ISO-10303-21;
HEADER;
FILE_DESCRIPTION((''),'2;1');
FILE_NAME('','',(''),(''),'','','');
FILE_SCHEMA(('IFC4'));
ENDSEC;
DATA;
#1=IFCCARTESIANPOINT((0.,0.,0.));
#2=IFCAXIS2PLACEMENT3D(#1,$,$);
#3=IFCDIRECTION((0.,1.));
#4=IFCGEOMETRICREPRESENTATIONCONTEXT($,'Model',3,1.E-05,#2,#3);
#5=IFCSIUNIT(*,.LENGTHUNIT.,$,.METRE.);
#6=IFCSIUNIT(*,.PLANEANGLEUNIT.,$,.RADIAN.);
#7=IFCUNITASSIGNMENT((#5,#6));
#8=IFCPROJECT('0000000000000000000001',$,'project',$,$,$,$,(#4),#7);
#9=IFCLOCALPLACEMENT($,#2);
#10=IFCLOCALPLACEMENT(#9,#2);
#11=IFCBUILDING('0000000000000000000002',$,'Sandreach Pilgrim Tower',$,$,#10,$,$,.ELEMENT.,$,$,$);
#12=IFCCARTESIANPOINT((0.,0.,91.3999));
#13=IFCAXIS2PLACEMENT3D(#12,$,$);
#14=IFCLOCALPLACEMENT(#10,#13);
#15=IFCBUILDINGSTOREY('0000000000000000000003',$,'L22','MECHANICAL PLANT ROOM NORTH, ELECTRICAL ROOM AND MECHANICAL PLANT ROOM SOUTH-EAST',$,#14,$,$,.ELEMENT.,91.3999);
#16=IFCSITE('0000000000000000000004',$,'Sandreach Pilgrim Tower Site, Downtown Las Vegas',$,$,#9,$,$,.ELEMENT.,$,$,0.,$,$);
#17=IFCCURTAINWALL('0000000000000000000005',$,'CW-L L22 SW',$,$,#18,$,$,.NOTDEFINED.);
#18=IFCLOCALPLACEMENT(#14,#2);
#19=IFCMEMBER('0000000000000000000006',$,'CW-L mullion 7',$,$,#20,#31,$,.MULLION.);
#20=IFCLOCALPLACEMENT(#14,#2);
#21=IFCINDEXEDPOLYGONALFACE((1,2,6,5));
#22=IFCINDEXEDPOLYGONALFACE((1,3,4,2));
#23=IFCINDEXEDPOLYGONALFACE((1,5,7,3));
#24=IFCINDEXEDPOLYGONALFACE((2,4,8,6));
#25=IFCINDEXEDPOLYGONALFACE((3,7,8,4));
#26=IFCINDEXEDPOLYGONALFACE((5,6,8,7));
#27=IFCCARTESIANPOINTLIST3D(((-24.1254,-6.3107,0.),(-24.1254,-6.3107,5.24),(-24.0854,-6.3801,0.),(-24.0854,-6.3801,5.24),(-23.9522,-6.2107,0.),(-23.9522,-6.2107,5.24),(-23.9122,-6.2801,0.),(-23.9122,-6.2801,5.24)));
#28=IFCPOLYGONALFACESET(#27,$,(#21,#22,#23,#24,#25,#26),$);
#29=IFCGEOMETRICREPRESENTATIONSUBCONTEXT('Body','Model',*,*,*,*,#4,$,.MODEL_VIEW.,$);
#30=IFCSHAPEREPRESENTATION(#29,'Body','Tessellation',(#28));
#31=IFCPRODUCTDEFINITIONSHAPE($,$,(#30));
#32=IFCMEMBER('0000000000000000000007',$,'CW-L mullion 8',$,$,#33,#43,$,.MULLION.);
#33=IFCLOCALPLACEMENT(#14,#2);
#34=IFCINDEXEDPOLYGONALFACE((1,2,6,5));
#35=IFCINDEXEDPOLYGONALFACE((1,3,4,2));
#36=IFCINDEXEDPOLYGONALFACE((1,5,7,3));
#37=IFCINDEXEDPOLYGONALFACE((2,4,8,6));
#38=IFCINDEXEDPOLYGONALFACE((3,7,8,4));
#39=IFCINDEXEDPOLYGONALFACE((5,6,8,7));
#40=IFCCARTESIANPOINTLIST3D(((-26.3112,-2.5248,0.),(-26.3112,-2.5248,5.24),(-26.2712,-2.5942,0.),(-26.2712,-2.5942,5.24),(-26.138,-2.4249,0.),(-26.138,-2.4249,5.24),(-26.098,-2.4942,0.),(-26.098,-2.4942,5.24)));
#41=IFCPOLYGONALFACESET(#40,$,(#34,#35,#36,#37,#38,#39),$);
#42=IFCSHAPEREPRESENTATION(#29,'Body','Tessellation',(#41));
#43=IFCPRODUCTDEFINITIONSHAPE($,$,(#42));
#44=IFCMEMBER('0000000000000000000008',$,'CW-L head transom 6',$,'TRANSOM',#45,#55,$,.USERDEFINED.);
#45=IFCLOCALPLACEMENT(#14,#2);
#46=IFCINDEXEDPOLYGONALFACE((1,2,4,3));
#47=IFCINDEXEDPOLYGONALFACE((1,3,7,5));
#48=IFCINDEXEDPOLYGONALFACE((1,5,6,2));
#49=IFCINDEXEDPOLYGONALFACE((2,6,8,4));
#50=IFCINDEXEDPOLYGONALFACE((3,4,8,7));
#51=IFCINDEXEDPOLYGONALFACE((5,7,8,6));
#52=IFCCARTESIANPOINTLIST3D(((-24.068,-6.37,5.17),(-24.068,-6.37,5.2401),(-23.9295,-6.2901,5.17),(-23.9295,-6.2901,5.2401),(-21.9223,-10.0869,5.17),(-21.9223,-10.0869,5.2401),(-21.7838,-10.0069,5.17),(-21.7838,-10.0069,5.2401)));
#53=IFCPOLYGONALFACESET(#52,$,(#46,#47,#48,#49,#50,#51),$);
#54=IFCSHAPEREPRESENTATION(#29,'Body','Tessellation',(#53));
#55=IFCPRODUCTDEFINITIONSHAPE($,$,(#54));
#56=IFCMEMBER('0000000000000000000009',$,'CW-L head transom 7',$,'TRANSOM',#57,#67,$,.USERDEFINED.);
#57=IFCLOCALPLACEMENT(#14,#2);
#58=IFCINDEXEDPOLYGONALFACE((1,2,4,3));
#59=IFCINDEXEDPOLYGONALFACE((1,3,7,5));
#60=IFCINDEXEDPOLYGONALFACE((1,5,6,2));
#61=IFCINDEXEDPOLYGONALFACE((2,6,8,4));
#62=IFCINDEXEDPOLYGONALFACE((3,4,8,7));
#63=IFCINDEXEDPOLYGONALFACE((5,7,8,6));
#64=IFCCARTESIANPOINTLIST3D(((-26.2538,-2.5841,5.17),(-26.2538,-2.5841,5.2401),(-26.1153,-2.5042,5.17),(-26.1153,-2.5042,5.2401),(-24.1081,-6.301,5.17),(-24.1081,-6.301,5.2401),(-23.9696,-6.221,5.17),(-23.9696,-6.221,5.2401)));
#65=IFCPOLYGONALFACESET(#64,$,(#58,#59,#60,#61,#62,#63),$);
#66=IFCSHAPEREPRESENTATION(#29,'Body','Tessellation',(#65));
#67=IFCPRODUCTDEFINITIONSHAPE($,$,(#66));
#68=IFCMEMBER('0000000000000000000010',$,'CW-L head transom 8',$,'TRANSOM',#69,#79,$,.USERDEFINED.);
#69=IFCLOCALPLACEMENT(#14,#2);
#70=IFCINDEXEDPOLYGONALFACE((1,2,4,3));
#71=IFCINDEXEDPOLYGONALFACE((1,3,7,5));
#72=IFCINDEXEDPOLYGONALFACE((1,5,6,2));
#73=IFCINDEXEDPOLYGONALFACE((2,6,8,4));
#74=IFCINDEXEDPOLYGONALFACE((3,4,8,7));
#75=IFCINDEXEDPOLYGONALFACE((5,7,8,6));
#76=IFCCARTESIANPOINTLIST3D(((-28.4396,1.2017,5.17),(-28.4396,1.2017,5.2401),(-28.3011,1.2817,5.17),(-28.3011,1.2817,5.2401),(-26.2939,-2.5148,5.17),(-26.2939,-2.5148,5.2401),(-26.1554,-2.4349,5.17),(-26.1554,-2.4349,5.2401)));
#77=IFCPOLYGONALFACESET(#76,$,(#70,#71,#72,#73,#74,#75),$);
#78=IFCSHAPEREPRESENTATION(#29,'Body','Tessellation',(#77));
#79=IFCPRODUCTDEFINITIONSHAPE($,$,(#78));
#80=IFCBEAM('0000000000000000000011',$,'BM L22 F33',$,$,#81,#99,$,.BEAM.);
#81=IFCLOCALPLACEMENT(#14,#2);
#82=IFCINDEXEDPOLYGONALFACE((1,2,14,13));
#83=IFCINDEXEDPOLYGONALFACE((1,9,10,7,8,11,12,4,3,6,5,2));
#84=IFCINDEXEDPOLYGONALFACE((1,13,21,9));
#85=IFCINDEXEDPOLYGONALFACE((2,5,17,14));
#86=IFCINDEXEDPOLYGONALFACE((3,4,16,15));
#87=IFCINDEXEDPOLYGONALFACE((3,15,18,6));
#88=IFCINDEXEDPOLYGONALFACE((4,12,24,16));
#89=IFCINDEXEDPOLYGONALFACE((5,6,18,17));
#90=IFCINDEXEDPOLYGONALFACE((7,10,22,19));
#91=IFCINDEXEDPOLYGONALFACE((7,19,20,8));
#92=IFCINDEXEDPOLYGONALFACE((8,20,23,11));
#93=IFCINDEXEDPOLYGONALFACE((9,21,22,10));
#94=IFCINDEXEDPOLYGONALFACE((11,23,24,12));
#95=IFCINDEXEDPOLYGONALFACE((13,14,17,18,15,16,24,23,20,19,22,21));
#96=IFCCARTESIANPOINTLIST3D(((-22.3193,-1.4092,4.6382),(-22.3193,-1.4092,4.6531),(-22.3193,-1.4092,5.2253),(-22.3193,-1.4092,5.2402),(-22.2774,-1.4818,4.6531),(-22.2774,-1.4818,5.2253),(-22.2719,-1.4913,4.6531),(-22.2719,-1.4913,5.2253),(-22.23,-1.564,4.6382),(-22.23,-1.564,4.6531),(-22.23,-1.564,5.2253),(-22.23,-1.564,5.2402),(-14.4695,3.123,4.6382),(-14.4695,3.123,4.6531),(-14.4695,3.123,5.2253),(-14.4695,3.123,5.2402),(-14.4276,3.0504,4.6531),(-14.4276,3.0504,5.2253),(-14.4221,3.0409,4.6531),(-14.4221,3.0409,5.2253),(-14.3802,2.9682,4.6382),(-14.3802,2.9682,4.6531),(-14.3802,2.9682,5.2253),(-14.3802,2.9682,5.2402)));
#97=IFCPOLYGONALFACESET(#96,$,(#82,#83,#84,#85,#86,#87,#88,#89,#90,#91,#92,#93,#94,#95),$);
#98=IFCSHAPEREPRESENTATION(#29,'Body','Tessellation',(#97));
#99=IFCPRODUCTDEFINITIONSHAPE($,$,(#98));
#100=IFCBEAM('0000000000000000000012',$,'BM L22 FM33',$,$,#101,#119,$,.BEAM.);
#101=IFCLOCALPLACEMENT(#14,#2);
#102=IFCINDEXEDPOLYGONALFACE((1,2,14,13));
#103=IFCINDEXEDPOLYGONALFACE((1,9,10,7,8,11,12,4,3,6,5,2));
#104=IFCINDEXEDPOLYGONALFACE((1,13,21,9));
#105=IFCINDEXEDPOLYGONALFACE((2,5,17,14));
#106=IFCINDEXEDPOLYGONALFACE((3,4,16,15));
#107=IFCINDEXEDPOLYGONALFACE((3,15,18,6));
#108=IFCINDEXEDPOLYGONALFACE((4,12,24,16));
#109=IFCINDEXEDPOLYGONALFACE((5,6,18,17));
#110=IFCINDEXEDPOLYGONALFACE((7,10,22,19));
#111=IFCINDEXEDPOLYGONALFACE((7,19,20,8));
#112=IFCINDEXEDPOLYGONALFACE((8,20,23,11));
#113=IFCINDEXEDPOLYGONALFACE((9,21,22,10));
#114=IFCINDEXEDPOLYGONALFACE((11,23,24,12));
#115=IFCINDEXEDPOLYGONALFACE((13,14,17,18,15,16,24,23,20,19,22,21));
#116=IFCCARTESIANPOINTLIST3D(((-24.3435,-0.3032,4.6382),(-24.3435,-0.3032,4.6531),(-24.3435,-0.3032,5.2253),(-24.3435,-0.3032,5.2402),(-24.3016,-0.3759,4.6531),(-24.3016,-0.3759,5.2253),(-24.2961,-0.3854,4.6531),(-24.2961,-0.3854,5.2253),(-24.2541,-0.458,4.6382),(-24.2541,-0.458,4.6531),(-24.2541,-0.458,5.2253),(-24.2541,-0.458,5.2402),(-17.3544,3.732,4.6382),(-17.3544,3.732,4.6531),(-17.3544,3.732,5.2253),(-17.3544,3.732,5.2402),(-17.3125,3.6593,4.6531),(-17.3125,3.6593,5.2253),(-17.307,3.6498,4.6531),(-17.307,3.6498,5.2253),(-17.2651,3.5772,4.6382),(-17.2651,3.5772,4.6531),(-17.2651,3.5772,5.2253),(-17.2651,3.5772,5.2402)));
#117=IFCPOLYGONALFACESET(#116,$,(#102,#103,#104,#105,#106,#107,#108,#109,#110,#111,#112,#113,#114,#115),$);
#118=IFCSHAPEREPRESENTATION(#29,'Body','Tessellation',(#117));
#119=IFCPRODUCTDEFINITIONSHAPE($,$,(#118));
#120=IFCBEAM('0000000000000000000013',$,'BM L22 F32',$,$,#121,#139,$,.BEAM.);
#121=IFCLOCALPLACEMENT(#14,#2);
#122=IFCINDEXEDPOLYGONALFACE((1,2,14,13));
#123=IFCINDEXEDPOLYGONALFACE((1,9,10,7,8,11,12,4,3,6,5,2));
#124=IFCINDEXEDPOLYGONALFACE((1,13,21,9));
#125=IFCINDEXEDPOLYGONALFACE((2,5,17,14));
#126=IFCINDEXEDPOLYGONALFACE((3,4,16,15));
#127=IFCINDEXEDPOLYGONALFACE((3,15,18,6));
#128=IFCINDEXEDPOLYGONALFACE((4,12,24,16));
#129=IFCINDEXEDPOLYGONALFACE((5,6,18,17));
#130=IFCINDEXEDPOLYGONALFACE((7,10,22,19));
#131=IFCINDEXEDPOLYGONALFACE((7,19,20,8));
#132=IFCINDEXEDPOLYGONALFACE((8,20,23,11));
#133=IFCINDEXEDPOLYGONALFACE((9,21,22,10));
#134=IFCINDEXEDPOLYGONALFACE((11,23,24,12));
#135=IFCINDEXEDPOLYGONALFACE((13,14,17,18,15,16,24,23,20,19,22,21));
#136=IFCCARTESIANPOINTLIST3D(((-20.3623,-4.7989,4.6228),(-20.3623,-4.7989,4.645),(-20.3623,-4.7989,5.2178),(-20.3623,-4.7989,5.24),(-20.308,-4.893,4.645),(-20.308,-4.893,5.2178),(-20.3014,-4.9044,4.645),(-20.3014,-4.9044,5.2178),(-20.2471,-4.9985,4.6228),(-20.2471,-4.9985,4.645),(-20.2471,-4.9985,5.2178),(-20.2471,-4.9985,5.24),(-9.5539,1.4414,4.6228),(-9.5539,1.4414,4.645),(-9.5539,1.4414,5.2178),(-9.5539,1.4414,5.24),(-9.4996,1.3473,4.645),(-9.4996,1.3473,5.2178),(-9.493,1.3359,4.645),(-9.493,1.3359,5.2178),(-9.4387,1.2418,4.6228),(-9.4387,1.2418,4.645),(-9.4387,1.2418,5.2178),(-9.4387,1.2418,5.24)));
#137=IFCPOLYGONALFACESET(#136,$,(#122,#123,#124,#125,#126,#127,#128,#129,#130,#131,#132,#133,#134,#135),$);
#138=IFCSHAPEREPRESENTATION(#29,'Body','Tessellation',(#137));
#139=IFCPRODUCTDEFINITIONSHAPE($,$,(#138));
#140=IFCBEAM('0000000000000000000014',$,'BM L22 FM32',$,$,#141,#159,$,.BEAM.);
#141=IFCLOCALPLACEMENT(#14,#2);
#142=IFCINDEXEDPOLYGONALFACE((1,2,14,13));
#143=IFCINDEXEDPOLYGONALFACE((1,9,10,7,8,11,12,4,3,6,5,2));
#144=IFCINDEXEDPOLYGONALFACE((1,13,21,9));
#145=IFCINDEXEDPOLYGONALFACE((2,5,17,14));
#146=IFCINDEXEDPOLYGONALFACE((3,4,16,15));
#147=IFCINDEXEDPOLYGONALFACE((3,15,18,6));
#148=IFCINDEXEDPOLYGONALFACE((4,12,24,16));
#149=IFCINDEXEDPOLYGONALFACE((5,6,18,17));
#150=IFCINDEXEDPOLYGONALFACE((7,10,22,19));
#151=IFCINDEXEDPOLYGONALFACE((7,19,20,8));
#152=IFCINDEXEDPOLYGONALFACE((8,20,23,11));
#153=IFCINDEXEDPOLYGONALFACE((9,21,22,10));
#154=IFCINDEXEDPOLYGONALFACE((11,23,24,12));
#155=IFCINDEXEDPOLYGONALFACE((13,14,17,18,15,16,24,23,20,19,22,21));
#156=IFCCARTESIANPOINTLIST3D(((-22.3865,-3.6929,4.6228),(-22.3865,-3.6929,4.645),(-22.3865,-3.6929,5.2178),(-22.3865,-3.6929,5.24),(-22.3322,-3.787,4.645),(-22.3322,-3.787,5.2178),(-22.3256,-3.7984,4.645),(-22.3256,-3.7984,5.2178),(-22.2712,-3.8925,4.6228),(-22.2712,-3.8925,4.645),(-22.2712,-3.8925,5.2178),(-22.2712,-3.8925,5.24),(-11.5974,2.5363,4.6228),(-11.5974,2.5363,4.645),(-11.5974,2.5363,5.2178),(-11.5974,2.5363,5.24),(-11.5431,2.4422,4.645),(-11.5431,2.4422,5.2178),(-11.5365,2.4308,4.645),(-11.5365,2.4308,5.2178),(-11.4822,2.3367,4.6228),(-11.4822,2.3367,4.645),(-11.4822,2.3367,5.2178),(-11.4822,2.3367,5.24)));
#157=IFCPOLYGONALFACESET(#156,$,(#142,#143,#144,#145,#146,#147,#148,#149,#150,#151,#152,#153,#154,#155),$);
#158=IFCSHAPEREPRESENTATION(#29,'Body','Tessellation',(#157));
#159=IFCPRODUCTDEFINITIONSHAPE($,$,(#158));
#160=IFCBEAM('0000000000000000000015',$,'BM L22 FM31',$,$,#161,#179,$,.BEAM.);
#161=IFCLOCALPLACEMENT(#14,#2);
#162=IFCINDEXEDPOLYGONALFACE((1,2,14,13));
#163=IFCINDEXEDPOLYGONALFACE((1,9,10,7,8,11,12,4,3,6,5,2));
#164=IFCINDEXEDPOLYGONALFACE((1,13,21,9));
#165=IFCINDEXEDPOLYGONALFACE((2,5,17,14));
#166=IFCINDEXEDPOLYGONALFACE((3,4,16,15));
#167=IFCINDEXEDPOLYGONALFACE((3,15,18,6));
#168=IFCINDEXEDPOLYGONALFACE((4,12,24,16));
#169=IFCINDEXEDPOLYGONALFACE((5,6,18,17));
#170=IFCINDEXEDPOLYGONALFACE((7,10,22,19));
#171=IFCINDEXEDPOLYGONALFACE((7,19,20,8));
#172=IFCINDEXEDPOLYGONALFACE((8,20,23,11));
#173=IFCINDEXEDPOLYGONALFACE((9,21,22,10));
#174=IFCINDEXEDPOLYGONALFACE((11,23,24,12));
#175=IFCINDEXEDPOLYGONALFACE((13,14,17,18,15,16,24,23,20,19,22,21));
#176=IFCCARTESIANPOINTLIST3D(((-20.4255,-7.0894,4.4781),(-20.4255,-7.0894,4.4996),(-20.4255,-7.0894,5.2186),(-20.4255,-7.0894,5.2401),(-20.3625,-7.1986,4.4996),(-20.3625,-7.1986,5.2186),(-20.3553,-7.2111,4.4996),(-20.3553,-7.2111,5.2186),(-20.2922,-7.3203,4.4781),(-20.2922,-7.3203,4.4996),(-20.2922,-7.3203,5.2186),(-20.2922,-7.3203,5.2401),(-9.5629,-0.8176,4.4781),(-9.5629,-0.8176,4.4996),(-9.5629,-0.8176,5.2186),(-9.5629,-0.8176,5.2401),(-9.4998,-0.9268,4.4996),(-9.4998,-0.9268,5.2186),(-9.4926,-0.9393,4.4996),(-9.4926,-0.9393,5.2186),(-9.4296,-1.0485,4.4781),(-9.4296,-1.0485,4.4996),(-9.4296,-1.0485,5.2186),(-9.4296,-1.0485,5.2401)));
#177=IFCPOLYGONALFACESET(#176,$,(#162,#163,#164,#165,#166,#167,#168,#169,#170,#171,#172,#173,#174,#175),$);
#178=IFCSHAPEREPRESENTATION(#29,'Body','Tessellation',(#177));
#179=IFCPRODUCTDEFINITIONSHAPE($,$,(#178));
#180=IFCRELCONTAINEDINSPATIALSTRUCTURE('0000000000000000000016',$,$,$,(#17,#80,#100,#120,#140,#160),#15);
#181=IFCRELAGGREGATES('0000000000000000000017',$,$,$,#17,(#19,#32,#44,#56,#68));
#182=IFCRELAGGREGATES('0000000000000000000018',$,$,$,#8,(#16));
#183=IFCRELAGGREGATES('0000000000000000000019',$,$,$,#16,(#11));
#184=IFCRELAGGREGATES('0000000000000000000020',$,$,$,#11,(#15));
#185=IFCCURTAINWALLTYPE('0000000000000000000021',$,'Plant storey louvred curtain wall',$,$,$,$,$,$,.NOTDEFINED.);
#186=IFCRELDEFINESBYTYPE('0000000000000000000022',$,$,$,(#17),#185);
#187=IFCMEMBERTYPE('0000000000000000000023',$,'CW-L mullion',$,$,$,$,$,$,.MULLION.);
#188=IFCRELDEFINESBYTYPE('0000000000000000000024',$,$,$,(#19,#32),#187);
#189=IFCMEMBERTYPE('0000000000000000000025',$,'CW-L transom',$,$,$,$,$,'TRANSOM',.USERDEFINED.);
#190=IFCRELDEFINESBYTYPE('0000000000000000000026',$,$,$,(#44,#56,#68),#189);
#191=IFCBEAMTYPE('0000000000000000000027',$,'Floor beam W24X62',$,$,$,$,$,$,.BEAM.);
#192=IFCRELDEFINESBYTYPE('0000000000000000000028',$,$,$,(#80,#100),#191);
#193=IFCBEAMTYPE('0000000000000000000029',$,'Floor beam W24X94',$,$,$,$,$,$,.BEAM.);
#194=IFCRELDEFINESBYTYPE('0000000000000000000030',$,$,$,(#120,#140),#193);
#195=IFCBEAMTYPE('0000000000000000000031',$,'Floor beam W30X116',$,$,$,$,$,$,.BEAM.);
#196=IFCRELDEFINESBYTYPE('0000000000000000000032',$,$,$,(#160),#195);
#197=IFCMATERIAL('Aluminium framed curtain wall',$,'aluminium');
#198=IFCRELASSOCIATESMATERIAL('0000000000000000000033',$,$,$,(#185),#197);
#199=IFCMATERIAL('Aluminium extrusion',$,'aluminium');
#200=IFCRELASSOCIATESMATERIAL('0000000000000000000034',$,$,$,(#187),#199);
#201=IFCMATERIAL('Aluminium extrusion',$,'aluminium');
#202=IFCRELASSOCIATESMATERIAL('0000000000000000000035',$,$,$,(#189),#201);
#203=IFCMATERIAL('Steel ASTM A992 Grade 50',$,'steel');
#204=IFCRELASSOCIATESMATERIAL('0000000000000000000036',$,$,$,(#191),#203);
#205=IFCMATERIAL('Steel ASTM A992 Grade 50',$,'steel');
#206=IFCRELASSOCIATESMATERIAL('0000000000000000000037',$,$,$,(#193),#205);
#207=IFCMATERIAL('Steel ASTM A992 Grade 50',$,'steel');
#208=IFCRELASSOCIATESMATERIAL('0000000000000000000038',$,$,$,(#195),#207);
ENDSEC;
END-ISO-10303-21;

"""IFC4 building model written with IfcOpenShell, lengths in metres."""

from ifc_helpers import new_model, si_unit, direction, frame, origin, origin_2d, place, context, subcontext, project, spatial, rectangle, i_section, extrude, material, material_profile, profile_set, type_object, element, aggregate, save


model = new_model("IFC4")

# Units and contexts
model_context = context("Model", 3, precision=1e-05, world=origin(), true_north=direction((0.0, 1.0)))
body_context = subcontext(model_context, "Body", "Model", "MODEL_VIEW")
ifc_project = project(units=[si_unit("LENGTHUNIT", "METRE"), si_unit("PLANEANGLEUNIT", "RADIAN")], contexts=[model_context])

# Site, building, storey
site_placement = place(None, origin())
site = spatial("IfcSite", under=ifc_project, at=site_placement, Name="Sandreach Pilgrim Tower Site, Downtown Las Vegas", CompositionType="ELEMENT", RefElevation=0.0)
building_placement = place(site_placement, origin())
building = spatial("IfcBuilding", under=site, at=building_placement, Name="Sandreach Pilgrim Tower", CompositionType="ELEMENT")
storey_placement = place(building_placement, frame((0.0, 0.0, 91.3999)))
storey = spatial("IfcBuildingStorey", under=building, at=storey_placement, Name="L22", Description="MECHANICAL PLANT ROOM NORTH, ELECTRICAL ROOM AND MECHANICAL PLANT ROOM SOUTH-EAST", CompositionType="ELEMENT", Elevation=91.3999)

# Curtain wall, members
ifc_material_1 = material(Name="Aluminium framed curtain wall", Category="aluminium")
curtain_wall_type = type_object("IfcCurtainWallType", Name="Plant storey louvred curtain wall", PredefinedType="NOTDEFINED", material=ifc_material_1)
curtain_wall_placement = place(storey_placement, origin())
curtain_wall = element("IfcCurtainWall", 1, at=curtain_wall_placement, inside=storey, type_object=curtain_wall_type, Name="CW-L L22 SW", PredefinedType="NOTDEFINED")
ifc_material_2 = material(Name="Aluminium extrusion", Category="aluminium")
ifc_material_profile_1 = material_profile(ifc_material_2, rectangle(XDim=0.0801, YDim=0.2, at=origin_2d()), Name="CW-LM 80X200")
ifc_profile_set_1 = profile_set([ifc_material_profile_1], Name="Aluminium extrusion")
member_type_1 = type_object("IfcMemberType", Name="CW-L mullion", PredefinedType="MULLION", material=ifc_profile_set_1)
member_1_placement = place(storey_placement, frame((-24.0188, -6.2954, 0.0), z_axis=(0.0, 0.0, 1.0), x_axis=(-0.5, 0.866025, 0.0)))
member_1 = element("IfcMember", 2, at=member_1_placement, type_object=member_type_1, Name="CW-L mullion 7", PredefinedType="MULLION", context=body_context, shape_type="SweptSolid", body=[
    extrude(rectangle(XDim=0.0801, YDim=0.2, at=origin_2d()), origin(), (0.0, 0.0, 1.0), 5.24),
])
member_2_placement = place(storey_placement, frame((-26.2046, -2.5095, 0.0), z_axis=(0.0, 0.0, 1.0), x_axis=(-0.5, 0.866025, 0.0)))
member_2 = element("IfcMember", 3, at=member_2_placement, type_object=member_type_1, Name="CW-L mullion 8", PredefinedType="MULLION", context=body_context, shape_type="SweptSolid", body=[
    extrude(rectangle(XDim=0.0801, YDim=0.2, at=origin_2d()), origin(), (0.0, 0.0, 1.0), 5.24),
])
ifc_material_3 = material(Name="Aluminium extrusion", Category="aluminium")
ifc_material_profile_2 = material_profile(ifc_material_3, rectangle(XDim=0.1599, YDim=0.0701, at=origin_2d()), Name="CW-LT 160X70")
ifc_profile_set_2 = profile_set([ifc_material_profile_2], Name="Aluminium extrusion")
member_type_2 = type_object("IfcMemberType", Name="CW-L transom", ElementType="TRANSOM", PredefinedType="USERDEFINED", material=ifc_profile_set_2)
member_3_placement = place(storey_placement, frame((-21.853, -10.0469, 5.2051), z_axis=(-0.499975, 0.86604, 0.0), x_axis=(-0.86604, -0.499975, 0.0)))
member_3 = element("IfcMember", 4, at=member_3_placement, type_object=member_type_2, Name="CW-L head transom 6", ObjectType="TRANSOM", PredefinedType="USERDEFINED", context=body_context, shape_type="SweptSolid", body=[
    extrude(rectangle(XDim=0.1599, YDim=0.0701, at=origin_2d()), origin(), (0.0, 0.0, 1.0), 4.2917),
])
member_4_placement = place(storey_placement, frame((-24.0388, -6.261, 5.2051), z_axis=(-0.499975, 0.86604, 0.0), x_axis=(-0.86604, -0.499975, 0.0)))
member_4 = element("IfcMember", 5, at=member_4_placement, type_object=member_type_2, Name="CW-L head transom 7", ObjectType="TRANSOM", PredefinedType="USERDEFINED", context=body_context, shape_type="SweptSolid", body=[
    extrude(rectangle(XDim=0.1599, YDim=0.0701, at=origin_2d()), origin(), (0.0, 0.0, 1.0), 4.2917),
])
member_5_placement = place(storey_placement, frame((-26.2246, -2.4749, 5.2051), z_axis=(-0.5, 0.866025, 0.0), x_axis=(-0.866025, -0.5, 0.0)))
member_5 = element("IfcMember", 6, at=member_5_placement, type_object=member_type_2, Name="CW-L head transom 8", ObjectType="TRANSOM", PredefinedType="USERDEFINED", context=body_context, shape_type="SweptSolid", body=[
    extrude(rectangle(XDim=0.1599, YDim=0.0701, at=origin_2d()), origin(), (0.0, 0.0, 1.0), 4.2915),
])

# Beams
ifc_material_4 = material(Name="Steel ASTM A992 Grade 50", Category="steel")
ifc_material_profile_3 = material_profile(ifc_material_4, i_section(OverallWidth=0.1787, OverallDepth=0.6021, WebThickness=0.011, FlangeThickness=0.0149, at=origin_2d()), Name="W24X62")
ifc_profile_set_3 = profile_set([ifc_material_profile_3], Name="Steel ASTM A992 Grade 50")
beam_type_1 = type_object("IfcBeamType", Name="Floor beam W24X62", PredefinedType="BEAM", material=ifc_profile_set_3)
beam_1_placement = place(storey_placement, frame((-22.2747, -1.4866, 4.9392), z_axis=(0.86602, 0.500009, 0.0), x_axis=(-0.500009, 0.86602, 0.0)))
element("IfcBeam", 7, at=beam_1_placement, inside=storey, type_object=beam_type_1, Name="BM L22 F33", PredefinedType="BEAM", context=body_context, shape_type="SweptSolid", body=[
    extrude(i_section(OverallWidth=0.1787, OverallDepth=0.6021, WebThickness=0.011, FlangeThickness=0.0149, at=origin_2d()), origin(), (0.0, 0.0, 1.0), 9.0642),
])
beam_2_placement = place(storey_placement, frame((-24.2988, -0.3806, 4.9392), z_axis=(0.866023, 0.500004, 0.0), x_axis=(-0.500004, 0.866023, 0.0)))
element("IfcBeam", 8, at=beam_2_placement, inside=storey, type_object=beam_type_1, Name="BM L22 FM33", PredefinedType="BEAM", context=body_context, shape_type="SweptSolid", body=[
    extrude(i_section(OverallWidth=0.1787, OverallDepth=0.6021, WebThickness=0.011, FlangeThickness=0.0149, at=origin_2d()), origin(), (0.0, 0.0, 1.0), 8.0703),
])
ifc_material_5 = material(Name="Steel ASTM A992 Grade 50", Category="steel")
ifc_material_profile_4 = material_profile(ifc_material_5, i_section(OverallWidth=0.2305, OverallDepth=0.6172, WebThickness=0.0132, FlangeThickness=0.0222, at=origin_2d()), Name="W24X94")
ifc_profile_set_4 = profile_set([ifc_material_profile_4], Name="Steel ASTM A992 Grade 50")
beam_type_2 = type_object("IfcBeamType", Name="Floor beam W24X94", PredefinedType="BEAM", material=ifc_profile_set_4)
beam_3_placement = place(storey_placement, frame((-20.3047, -4.8987, 4.9314), z_axis=(0.866024, 0.500002, 0.0), x_axis=(-0.500002, 0.866024, 0.0)))
element("IfcBeam", 9, at=beam_3_placement, inside=storey, type_object=beam_type_2, Name="BM L22 F32", PredefinedType="BEAM", context=body_context, shape_type="SweptSolid", body=[
    extrude(i_section(OverallWidth=0.2305, OverallDepth=0.6172, WebThickness=0.0132, FlangeThickness=0.0222, at=origin_2d()), origin(), (0.0, 0.0, 1.0), 12.4805),
])
beam_4_placement = place(storey_placement, frame((-22.3289, -3.7927, 4.9314), z_axis=(0.866019, 0.500011, 0.0), x_axis=(-0.500011, 0.866019, 0.0)))
element("IfcBeam", 10, at=beam_4_placement, inside=storey, type_object=beam_type_2, Name="BM L22 FM32", PredefinedType="BEAM", context=body_context, shape_type="SweptSolid", body=[
    extrude(i_section(OverallWidth=0.2305, OverallDepth=0.6172, WebThickness=0.0132, FlangeThickness=0.0222, at=origin_2d()), origin(), (0.0, 0.0, 1.0), 12.4583),
])
ifc_material_6 = material(Name="Steel ASTM A992 Grade 50", Category="steel")
ifc_material_profile_5 = material_profile(ifc_material_6, i_section(OverallWidth=0.2666, OverallDepth=0.762, WebThickness=0.0144, FlangeThickness=0.0215, at=origin_2d()), Name="W30X116")
ifc_profile_set_5 = profile_set([ifc_material_profile_5], Name="Steel ASTM A992 Grade 50")
beam_type_3 = type_object("IfcBeamType", Name="Floor beam W30X116", PredefinedType="BEAM", material=ifc_profile_set_5)
beam_5_placement = place(storey_placement, frame((-20.3589, -7.2048, 4.8591), z_axis=(0.866017, 0.500014, 0.0), x_axis=(-0.500014, 0.866017, 0.0)))
element("IfcBeam", 11, at=beam_5_placement, inside=storey, type_object=beam_type_3, Name="BM L22 FM31", PredefinedType="BEAM", context=body_context, shape_type="SweptSolid", body=[
    extrude(i_section(OverallWidth=0.2666, OverallDepth=0.762, WebThickness=0.0144, FlangeThickness=0.0215, at=origin_2d()), origin(), (0.0, 0.0, 1.0), 12.5432),
])

aggregate(curtain_wall, [member_1, member_2, member_3, member_4, member_5])

save(model, "model.ifc")
